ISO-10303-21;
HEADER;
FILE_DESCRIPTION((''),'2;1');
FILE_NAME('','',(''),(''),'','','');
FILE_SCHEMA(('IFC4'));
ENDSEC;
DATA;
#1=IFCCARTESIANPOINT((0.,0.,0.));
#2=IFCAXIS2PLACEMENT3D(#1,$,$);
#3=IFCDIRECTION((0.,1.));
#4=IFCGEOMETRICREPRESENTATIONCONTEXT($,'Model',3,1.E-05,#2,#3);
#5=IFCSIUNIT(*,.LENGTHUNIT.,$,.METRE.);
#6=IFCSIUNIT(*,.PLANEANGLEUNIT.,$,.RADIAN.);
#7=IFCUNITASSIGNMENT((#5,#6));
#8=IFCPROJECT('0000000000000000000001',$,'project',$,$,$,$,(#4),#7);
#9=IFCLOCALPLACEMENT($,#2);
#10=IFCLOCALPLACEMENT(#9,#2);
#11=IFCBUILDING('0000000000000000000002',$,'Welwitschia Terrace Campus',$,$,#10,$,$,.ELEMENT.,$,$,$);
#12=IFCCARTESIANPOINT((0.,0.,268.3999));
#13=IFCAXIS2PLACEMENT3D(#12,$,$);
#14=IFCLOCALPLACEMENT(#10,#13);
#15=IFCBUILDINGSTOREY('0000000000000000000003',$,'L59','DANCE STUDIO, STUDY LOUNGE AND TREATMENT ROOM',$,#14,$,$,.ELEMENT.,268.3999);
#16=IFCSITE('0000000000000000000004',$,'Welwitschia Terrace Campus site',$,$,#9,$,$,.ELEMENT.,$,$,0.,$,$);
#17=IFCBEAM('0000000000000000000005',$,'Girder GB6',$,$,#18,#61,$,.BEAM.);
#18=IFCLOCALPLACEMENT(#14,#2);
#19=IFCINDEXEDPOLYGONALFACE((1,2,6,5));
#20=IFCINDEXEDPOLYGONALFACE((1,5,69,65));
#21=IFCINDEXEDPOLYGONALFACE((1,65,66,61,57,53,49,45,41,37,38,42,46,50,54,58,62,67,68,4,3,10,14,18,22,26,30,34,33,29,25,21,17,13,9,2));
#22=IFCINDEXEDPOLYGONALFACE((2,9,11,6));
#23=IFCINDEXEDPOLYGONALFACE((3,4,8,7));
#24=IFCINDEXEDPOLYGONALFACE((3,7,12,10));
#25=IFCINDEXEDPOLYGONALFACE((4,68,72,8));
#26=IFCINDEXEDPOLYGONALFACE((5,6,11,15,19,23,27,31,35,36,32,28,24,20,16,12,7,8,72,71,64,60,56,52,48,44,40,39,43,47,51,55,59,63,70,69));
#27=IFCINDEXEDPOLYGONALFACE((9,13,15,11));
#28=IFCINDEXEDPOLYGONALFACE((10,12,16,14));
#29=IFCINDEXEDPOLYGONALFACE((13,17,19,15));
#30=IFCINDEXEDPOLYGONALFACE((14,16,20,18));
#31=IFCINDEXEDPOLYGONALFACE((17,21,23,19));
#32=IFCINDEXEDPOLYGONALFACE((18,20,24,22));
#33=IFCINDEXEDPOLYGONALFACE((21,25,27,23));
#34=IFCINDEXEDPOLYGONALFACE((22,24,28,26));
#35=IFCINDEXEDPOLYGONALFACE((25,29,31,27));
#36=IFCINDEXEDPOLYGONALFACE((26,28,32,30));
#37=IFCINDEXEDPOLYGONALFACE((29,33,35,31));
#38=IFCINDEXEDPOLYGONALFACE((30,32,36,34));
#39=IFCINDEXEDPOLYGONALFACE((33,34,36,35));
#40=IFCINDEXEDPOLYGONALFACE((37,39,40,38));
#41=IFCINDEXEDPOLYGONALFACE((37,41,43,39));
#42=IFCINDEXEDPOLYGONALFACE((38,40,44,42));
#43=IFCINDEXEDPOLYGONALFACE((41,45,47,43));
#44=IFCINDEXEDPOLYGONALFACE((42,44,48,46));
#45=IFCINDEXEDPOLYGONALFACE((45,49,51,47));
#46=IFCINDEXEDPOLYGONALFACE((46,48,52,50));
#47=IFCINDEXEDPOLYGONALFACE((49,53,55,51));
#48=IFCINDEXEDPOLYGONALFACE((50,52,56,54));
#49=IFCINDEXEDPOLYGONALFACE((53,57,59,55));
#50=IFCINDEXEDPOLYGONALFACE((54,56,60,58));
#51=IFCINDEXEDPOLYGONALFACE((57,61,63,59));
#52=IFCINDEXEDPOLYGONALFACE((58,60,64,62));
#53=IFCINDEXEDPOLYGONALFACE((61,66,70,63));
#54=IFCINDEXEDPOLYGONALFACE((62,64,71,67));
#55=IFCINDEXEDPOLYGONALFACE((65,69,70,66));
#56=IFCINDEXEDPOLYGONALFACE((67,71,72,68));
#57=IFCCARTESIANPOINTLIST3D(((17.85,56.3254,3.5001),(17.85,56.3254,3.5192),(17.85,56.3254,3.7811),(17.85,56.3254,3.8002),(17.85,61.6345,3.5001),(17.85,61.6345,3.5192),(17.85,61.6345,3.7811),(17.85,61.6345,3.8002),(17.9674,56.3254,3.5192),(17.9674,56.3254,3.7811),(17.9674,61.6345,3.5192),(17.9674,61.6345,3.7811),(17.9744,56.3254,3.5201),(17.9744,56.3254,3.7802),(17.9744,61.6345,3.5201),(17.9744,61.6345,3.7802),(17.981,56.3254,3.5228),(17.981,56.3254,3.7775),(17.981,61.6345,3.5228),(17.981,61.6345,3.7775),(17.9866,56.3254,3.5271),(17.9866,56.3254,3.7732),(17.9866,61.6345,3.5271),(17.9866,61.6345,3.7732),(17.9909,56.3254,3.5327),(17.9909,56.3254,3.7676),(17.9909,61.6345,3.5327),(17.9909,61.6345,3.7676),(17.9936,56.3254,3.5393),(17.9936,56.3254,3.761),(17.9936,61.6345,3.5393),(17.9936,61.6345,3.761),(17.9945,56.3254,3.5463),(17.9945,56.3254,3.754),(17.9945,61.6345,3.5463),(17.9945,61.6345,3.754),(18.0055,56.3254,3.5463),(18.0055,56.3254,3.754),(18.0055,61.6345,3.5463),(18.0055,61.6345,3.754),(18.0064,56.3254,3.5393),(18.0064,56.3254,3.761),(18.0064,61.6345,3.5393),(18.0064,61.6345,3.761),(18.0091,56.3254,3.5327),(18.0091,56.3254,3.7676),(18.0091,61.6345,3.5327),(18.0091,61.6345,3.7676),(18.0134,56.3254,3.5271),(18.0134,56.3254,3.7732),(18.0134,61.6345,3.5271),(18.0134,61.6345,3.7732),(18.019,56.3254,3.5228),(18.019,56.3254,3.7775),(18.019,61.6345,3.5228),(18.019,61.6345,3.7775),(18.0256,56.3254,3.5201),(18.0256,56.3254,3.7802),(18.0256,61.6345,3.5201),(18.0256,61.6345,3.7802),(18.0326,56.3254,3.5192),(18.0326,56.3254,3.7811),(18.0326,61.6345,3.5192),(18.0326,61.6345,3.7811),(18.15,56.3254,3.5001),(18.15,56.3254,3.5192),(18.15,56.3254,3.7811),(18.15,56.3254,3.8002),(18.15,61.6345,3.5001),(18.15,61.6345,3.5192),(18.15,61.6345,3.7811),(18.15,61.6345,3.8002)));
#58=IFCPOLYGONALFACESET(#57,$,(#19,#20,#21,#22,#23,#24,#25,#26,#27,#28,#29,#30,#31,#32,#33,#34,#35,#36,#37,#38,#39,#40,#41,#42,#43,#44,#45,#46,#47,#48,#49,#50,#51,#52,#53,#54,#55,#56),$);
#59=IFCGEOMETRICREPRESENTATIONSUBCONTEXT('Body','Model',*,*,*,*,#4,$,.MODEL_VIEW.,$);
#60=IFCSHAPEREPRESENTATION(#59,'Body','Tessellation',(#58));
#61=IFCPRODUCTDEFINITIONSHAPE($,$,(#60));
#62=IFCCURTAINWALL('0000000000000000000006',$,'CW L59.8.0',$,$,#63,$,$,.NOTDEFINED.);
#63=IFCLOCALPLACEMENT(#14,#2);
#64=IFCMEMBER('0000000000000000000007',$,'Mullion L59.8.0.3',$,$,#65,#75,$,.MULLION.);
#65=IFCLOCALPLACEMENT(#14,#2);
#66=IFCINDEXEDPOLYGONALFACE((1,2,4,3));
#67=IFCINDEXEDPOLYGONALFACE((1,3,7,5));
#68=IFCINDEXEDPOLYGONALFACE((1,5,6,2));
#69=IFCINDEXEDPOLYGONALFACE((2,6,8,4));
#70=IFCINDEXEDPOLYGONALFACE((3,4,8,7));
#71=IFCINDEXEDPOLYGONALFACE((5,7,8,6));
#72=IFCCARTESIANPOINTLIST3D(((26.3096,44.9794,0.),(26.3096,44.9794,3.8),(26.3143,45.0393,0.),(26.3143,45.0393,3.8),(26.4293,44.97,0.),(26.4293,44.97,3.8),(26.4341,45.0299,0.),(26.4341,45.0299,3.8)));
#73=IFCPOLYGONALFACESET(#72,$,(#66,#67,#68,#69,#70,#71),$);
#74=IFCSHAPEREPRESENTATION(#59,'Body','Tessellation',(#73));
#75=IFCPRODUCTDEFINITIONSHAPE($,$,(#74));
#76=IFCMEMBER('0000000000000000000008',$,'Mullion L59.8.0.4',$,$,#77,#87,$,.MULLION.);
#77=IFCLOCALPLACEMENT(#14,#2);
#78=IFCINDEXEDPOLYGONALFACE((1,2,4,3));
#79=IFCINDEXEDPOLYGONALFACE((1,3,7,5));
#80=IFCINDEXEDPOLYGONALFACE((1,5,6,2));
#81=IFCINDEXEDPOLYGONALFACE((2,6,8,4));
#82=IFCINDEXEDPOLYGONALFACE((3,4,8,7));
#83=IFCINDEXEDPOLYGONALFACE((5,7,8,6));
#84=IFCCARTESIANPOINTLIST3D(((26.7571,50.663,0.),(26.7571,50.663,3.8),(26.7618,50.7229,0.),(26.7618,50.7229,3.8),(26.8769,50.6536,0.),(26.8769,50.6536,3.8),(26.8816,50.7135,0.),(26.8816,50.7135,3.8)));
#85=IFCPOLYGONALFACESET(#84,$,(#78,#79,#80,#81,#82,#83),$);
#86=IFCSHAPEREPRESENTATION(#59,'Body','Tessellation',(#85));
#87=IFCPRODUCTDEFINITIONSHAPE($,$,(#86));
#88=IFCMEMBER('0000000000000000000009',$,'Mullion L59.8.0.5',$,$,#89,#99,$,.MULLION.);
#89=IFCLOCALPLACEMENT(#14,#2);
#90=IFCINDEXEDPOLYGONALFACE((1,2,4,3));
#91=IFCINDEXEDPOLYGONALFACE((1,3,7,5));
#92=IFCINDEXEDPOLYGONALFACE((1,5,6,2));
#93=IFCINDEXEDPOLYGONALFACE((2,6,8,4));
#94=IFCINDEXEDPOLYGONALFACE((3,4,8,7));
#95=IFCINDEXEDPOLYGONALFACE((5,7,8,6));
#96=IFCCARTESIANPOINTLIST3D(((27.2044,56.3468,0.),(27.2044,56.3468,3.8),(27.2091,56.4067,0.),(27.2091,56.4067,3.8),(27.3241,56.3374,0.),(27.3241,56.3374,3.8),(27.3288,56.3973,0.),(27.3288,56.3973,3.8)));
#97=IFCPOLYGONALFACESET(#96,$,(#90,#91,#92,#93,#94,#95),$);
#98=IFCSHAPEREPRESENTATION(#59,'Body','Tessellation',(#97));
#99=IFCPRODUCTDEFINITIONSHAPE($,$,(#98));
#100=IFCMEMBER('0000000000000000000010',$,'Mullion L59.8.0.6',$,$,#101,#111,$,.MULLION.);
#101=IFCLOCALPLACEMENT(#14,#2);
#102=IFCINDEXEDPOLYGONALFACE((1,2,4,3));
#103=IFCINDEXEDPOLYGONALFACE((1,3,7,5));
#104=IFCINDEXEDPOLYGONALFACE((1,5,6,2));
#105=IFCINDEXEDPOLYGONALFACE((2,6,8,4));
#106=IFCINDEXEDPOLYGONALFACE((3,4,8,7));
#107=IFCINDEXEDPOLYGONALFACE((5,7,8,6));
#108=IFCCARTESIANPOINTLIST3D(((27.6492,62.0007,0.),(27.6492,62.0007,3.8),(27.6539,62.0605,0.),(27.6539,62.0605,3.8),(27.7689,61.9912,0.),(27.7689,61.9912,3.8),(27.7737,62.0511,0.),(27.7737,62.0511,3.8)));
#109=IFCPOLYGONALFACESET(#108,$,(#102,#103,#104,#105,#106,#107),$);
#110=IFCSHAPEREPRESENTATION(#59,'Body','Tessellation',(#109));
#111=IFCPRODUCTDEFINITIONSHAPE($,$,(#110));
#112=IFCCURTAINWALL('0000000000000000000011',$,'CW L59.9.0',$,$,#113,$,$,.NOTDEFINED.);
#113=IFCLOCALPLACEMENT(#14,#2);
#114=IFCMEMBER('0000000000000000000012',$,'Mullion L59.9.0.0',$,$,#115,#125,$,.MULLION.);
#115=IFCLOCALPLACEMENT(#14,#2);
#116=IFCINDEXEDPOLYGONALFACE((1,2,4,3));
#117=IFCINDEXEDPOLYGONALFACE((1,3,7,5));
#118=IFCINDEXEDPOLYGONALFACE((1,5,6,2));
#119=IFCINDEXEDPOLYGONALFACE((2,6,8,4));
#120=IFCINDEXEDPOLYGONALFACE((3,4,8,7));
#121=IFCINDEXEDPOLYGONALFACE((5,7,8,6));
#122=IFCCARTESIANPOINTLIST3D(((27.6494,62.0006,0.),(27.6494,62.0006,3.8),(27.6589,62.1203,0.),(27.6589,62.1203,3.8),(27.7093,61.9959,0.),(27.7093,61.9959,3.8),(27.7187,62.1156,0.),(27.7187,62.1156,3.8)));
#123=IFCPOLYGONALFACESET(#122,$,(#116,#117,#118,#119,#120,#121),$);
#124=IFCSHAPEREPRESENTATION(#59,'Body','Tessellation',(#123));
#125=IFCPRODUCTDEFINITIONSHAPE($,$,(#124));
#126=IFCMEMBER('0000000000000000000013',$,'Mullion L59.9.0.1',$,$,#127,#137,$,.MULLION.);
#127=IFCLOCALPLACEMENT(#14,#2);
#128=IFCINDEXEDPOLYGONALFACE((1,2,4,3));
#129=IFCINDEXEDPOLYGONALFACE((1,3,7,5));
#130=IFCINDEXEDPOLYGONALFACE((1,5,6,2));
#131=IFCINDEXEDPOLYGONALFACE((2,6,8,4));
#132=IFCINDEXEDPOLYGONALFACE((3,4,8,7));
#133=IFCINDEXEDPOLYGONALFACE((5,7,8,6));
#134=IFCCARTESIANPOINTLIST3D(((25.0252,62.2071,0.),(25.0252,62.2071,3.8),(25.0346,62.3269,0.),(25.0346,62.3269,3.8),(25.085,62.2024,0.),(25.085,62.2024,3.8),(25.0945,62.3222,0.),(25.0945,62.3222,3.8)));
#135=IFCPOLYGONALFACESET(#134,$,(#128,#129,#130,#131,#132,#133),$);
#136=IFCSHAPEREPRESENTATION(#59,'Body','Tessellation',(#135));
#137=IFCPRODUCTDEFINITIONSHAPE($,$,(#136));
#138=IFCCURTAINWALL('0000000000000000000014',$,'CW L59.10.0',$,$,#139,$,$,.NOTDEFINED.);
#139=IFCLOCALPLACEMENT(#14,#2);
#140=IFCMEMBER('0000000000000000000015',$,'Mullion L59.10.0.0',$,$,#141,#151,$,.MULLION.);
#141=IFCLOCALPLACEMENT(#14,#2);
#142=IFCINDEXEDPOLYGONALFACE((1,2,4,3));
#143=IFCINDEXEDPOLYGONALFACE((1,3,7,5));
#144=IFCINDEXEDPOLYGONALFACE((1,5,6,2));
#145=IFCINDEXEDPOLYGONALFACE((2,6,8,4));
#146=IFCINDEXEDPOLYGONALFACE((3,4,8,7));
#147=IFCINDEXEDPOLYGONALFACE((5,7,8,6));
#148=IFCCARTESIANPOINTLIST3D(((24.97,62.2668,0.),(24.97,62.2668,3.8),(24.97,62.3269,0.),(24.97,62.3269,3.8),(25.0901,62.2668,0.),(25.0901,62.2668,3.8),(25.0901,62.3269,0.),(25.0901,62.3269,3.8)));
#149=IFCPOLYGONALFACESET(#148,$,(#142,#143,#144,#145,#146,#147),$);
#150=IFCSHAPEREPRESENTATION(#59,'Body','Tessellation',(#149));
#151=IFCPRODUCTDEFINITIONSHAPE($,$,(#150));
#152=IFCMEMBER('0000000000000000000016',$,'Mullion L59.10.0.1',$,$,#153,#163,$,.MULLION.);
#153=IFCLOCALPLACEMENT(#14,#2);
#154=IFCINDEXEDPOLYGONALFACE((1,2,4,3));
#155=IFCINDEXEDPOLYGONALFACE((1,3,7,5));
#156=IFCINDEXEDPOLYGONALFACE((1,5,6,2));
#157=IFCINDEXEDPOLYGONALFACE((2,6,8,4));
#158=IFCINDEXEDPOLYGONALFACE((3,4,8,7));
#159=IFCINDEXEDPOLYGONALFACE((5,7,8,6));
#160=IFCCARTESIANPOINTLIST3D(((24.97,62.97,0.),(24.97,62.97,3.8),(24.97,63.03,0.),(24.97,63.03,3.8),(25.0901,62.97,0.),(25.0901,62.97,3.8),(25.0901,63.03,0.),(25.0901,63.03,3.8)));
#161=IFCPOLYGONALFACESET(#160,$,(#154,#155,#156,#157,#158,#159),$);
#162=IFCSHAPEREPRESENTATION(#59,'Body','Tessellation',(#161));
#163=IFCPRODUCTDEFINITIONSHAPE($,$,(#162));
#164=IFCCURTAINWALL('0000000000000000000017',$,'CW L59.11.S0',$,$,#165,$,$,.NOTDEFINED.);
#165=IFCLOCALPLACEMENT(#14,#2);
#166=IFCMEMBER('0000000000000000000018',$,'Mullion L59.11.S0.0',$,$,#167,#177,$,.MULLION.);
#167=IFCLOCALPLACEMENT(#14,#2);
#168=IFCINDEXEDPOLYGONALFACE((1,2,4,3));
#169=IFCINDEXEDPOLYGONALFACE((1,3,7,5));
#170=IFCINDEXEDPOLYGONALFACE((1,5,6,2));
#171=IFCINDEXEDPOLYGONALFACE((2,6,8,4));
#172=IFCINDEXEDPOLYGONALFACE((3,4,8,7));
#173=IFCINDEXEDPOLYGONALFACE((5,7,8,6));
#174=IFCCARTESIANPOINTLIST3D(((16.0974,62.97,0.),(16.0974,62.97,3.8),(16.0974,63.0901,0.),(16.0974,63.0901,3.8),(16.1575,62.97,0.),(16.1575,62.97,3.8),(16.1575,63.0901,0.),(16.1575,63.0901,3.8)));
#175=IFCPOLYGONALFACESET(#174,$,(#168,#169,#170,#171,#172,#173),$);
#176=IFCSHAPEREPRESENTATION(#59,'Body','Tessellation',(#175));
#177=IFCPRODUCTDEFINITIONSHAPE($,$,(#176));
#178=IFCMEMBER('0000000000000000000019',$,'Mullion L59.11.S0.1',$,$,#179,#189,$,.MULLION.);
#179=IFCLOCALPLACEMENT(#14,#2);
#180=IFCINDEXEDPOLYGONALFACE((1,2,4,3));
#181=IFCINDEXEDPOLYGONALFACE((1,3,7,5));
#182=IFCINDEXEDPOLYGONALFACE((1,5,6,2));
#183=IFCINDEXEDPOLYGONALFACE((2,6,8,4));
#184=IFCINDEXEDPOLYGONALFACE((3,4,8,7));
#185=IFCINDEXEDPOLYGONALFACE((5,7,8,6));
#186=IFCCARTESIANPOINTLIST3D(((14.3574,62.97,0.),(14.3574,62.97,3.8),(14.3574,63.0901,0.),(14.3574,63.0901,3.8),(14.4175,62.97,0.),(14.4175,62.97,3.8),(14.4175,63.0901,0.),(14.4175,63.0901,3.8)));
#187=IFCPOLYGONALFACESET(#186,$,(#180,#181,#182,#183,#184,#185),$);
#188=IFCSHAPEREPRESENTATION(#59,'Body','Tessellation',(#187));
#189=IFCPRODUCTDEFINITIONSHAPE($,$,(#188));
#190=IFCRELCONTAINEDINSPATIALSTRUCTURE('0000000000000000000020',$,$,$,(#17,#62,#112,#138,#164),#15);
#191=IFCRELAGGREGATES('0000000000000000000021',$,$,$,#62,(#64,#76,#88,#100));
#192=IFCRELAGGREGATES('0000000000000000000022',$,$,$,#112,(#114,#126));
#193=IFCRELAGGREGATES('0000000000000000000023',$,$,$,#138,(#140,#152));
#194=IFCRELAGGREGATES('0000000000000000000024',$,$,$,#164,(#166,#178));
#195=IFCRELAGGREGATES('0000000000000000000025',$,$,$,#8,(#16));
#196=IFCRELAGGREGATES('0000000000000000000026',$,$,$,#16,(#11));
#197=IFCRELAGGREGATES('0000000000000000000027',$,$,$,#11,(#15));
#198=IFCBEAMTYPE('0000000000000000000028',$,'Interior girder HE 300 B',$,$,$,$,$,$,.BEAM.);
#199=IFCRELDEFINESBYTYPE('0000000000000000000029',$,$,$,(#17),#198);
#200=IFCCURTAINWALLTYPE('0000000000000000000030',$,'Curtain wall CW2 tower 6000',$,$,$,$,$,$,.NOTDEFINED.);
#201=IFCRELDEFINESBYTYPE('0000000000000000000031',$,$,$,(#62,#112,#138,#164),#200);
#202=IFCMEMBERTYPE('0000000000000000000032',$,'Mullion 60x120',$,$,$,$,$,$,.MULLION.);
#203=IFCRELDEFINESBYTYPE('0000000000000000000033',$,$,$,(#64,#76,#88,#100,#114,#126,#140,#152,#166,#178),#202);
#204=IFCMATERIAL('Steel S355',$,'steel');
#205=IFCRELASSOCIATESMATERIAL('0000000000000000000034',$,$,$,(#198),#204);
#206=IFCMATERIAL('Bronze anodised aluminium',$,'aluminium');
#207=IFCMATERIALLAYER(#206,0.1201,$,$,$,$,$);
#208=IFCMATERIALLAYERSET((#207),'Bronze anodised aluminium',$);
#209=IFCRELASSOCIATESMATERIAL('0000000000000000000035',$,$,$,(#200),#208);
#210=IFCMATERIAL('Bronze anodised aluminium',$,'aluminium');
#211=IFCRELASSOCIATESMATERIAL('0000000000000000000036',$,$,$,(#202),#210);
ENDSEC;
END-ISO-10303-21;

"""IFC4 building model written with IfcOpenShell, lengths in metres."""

from ifc_helpers import new_model, si_unit, direction, frame, origin, origin_2d, place, context, subcontext, project, spatial, rectangle, i_section, extrude, material, layer, layer_set, material_profile, profile_set, type_object, element, aggregate, save


model = new_model("IFC4")

# Units and contexts
model_context = context("Model", 3, precision=1e-05, world=origin(), true_north=direction((0.0, 1.0)))
body_context = subcontext(model_context, "Body", "Model", "MODEL_VIEW")
ifc_project = project(units=[si_unit("LENGTHUNIT", "METRE"), si_unit("PLANEANGLEUNIT", "RADIAN")], contexts=[model_context])

# Site, building, storey
site_placement = place(None, origin())
site = spatial("IfcSite", under=ifc_project, at=site_placement, Name="Welwitschia Terrace Campus site", CompositionType="ELEMENT", RefElevation=0.0)
building_placement = place(site_placement, origin())
building = spatial("IfcBuilding", under=site, at=building_placement, Name="Welwitschia Terrace Campus", CompositionType="ELEMENT")
storey_placement = place(building_placement, frame((0.0, 0.0, 268.3999)))
storey = spatial("IfcBuildingStorey", under=building, at=storey_placement, Name="L59", Description="DANCE STUDIO, STUDY LOUNGE AND TREATMENT ROOM", CompositionType="ELEMENT", Elevation=268.3999)

# Beam
ifc_material_1 = material(Name="Steel S355", Category="steel")
ifc_material_profile_1 = material_profile(ifc_material_1, i_section(OverallWidth=0.3, OverallDepth=0.3, WebThickness=0.011, FlangeThickness=0.019, FilletRadius=0.0271, at=origin_2d()))
ifc_profile_set_1 = profile_set([ifc_material_profile_1], Name="Steel S355")
beam_type_1 = type_object("IfcBeamType", Name="Interior girder HE 300 B", PredefinedType="BEAM", material=ifc_profile_set_1)
beam_1_placement = place(storey_placement, frame((18.0, 56.3254, 3.6501), z_axis=(0.0, 1.0, 0.0), x_axis=(-1.0, 0.0, 0.0)))
element("IfcBeam", 1, at=beam_1_placement, inside=storey, type_object=beam_type_1, Name="Girder GB6", PredefinedType="BEAM", context=body_context, shape_type="SweptSolid", body=[
    extrude(i_section(OverallWidth=0.3, OverallDepth=0.3, WebThickness=0.011, FlangeThickness=0.019, FilletRadius=0.0271, at=origin_2d()), origin(), (0.0, 0.0, 1.0), 5.3091),
])

# Curtain walls, members
ifc_material_2 = material(Name="Bronze anodised aluminium", Category="aluminium")
ifc_layer_1 = layer(ifc_material_2, 0.1201)
ifc_layer_set_1 = layer_set([ifc_layer_1], Name="Bronze anodised aluminium")
curtain_wall_type = type_object("IfcCurtainWallType", Name="Curtain wall CW2 tower 6000", PredefinedType="NOTDEFINED", material=ifc_layer_set_1)
curtain_wall_1_placement = place(storey_placement, origin())
curtain_wall_1 = element("IfcCurtainWall", 2, at=curtain_wall_1_placement, inside=storey, type_object=curtain_wall_type, Name="CW L59.8.0", PredefinedType="NOTDEFINED")
ifc_material_3 = material(Name="Bronze anodised aluminium", Category="aluminium")
ifc_material_profile_2 = material_profile(ifc_material_3, rectangle(XDim=0.1201, YDim=0.0601, at=origin_2d()))
ifc_profile_set_2 = profile_set([ifc_material_profile_2], Name="Bronze anodised aluminium")
member_type_1 = type_object("IfcMemberType", Name="Mullion 60x120", PredefinedType="MULLION", material=ifc_profile_set_2)
member_1_placement = place(storey_placement, frame((26.3718, 45.0046, 0.0), z_axis=(0.0, 0.0, 1.0), x_axis=(-0.996917, 0.078459, 0.0)))
member_1 = element("IfcMember", 3, at=member_1_placement, type_object=member_type_1, Name="Mullion L59.8.0.3", PredefinedType="MULLION", context=body_context, shape_type="SweptSolid", body=[
    extrude(rectangle(XDim=0.1201, YDim=0.0601, at=origin_2d()), origin(), (0.0, 0.0, 1.0), 3.8),
])
member_2_placement = place(storey_placement, frame((26.8193, 50.6882, 0.0), z_axis=(0.0, 0.0, 1.0), x_axis=(-0.996917, 0.078459, 0.0)))
member_2 = element("IfcMember", 4, at=member_2_placement, type_object=member_type_1, Name="Mullion L59.8.0.4", PredefinedType="MULLION", context=body_context, shape_type="SweptSolid", body=[
    extrude(rectangle(XDim=0.1201, YDim=0.0601, at=origin_2d()), origin(), (0.0, 0.0, 1.0), 3.8),
])
member_3_placement = place(storey_placement, frame((27.2666, 56.3721, 0.0), z_axis=(0.0, 0.0, 1.0), x_axis=(-0.996917, 0.078459, 0.0)))
member_3 = element("IfcMember", 5, at=member_3_placement, type_object=member_type_1, Name="Mullion L59.8.0.5", PredefinedType="MULLION", context=body_context, shape_type="SweptSolid", body=[
    extrude(rectangle(XDim=0.1201, YDim=0.0601, at=origin_2d()), origin(), (0.0, 0.0, 1.0), 3.8),
])
member_4_placement = place(storey_placement, frame((27.7114, 62.0259, 0.0), z_axis=(0.0, 0.0, 1.0), x_axis=(-0.996917, 0.078459, 0.0)))
member_4 = element("IfcMember", 6, at=member_4_placement, type_object=member_type_1, Name="Mullion L59.8.0.6", PredefinedType="MULLION", context=body_context, shape_type="SweptSolid", body=[
    extrude(rectangle(XDim=0.1201, YDim=0.0601, at=origin_2d()), origin(), (0.0, 0.0, 1.0), 3.8),
])
curtain_wall_2_placement = place(storey_placement, origin())
curtain_wall_2 = element("IfcCurtainWall", 7, at=curtain_wall_2_placement, inside=storey, type_object=curtain_wall_type, Name="CW L59.9.0", PredefinedType="NOTDEFINED")
member_5_placement = place(storey_placement, frame((27.6841, 62.0581, 0.0), z_axis=(0.0, 0.0, 1.0), x_axis=(-0.078459, -0.996917, 0.0)))
member_5 = element("IfcMember", 8, at=member_5_placement, type_object=member_type_1, Name="Mullion L59.9.0.0", PredefinedType="MULLION", context=body_context, shape_type="SweptSolid", body=[
    extrude(rectangle(XDim=0.1201, YDim=0.0601, at=origin_2d()), origin(), (0.0, 0.0, 1.0), 3.8),
])
member_6_placement = place(storey_placement, frame((25.0598, 62.2646, 0.0), z_axis=(0.0, 0.0, 1.0), x_axis=(-0.078459, -0.996917, 0.0)))
member_6 = element("IfcMember", 9, at=member_6_placement, type_object=member_type_1, Name="Mullion L59.9.0.1", PredefinedType="MULLION", context=body_context, shape_type="SweptSolid", body=[
    extrude(rectangle(XDim=0.1201, YDim=0.0601, at=origin_2d()), origin(), (0.0, 0.0, 1.0), 3.8),
])
curtain_wall_3_placement = place(storey_placement, origin())
curtain_wall_3 = element("IfcCurtainWall", 10, at=curtain_wall_3_placement, inside=storey, type_object=curtain_wall_type, Name="CW L59.10.0", PredefinedType="NOTDEFINED")
member_7_placement = place(storey_placement, frame((25.03, 62.2969, 0.0), z_axis=(0.0, 0.0, 1.0), x_axis=(-1.0, 0.0, 0.0)))
member_7 = element("IfcMember", 11, at=member_7_placement, type_object=member_type_1, Name="Mullion L59.10.0.0", PredefinedType="MULLION", context=body_context, shape_type="SweptSolid", body=[
    extrude(rectangle(XDim=0.1201, YDim=0.0601, at=origin_2d()), origin(), (0.0, 0.0, 1.0), 3.8),
])
member_8_placement = place(storey_placement, frame((25.03, 63.0, 0.0), z_axis=(0.0, 0.0, 1.0), x_axis=(-1.0, 0.0, 0.0)))
member_8 = element("IfcMember", 12, at=member_8_placement, type_object=member_type_1, Name="Mullion L59.10.0.1", PredefinedType="MULLION", context=body_context, shape_type="SweptSolid", body=[
    extrude(rectangle(XDim=0.1201, YDim=0.0601, at=origin_2d()), origin(), (0.0, 0.0, 1.0), 3.8),
])
curtain_wall_4_placement = place(storey_placement, origin())
curtain_wall_4 = element("IfcCurtainWall", 13, at=curtain_wall_4_placement, inside=storey, type_object=curtain_wall_type, Name="CW L59.11.S0", PredefinedType="NOTDEFINED")
member_9_placement = place(storey_placement, frame((16.1274, 63.03, 0.0), z_axis=(0.0, 0.0, 1.0), x_axis=(0.0, -1.0, 0.0)))
member_9 = element("IfcMember", 14, at=member_9_placement, type_object=member_type_1, Name="Mullion L59.11.S0.0", PredefinedType="MULLION", context=body_context, shape_type="SweptSolid", body=[
    extrude(rectangle(XDim=0.1201, YDim=0.0601, at=origin_2d()), origin(), (0.0, 0.0, 1.0), 3.8),
])
member_10_placement = place(storey_placement, frame((14.3875, 63.03, 0.0), z_axis=(0.0, 0.0, 1.0), x_axis=(0.0, -1.0, 0.0)))
member_10 = element("IfcMember", 15, at=member_10_placement, type_object=member_type_1, Name="Mullion L59.11.S0.1", PredefinedType="MULLION", context=body_context, shape_type="SweptSolid", body=[
    extrude(rectangle(XDim=0.1201, YDim=0.0601, at=origin_2d()), origin(), (0.0, 0.0, 1.0), 3.8),
])

aggregate(curtain_wall_1, [member_1, member_2, member_3, member_4])
aggregate(curtain_wall_2, [member_5, member_6])
aggregate(curtain_wall_3, [member_7, member_8])
aggregate(curtain_wall_4, [member_9, member_10])

save(model, "model.ifc")
